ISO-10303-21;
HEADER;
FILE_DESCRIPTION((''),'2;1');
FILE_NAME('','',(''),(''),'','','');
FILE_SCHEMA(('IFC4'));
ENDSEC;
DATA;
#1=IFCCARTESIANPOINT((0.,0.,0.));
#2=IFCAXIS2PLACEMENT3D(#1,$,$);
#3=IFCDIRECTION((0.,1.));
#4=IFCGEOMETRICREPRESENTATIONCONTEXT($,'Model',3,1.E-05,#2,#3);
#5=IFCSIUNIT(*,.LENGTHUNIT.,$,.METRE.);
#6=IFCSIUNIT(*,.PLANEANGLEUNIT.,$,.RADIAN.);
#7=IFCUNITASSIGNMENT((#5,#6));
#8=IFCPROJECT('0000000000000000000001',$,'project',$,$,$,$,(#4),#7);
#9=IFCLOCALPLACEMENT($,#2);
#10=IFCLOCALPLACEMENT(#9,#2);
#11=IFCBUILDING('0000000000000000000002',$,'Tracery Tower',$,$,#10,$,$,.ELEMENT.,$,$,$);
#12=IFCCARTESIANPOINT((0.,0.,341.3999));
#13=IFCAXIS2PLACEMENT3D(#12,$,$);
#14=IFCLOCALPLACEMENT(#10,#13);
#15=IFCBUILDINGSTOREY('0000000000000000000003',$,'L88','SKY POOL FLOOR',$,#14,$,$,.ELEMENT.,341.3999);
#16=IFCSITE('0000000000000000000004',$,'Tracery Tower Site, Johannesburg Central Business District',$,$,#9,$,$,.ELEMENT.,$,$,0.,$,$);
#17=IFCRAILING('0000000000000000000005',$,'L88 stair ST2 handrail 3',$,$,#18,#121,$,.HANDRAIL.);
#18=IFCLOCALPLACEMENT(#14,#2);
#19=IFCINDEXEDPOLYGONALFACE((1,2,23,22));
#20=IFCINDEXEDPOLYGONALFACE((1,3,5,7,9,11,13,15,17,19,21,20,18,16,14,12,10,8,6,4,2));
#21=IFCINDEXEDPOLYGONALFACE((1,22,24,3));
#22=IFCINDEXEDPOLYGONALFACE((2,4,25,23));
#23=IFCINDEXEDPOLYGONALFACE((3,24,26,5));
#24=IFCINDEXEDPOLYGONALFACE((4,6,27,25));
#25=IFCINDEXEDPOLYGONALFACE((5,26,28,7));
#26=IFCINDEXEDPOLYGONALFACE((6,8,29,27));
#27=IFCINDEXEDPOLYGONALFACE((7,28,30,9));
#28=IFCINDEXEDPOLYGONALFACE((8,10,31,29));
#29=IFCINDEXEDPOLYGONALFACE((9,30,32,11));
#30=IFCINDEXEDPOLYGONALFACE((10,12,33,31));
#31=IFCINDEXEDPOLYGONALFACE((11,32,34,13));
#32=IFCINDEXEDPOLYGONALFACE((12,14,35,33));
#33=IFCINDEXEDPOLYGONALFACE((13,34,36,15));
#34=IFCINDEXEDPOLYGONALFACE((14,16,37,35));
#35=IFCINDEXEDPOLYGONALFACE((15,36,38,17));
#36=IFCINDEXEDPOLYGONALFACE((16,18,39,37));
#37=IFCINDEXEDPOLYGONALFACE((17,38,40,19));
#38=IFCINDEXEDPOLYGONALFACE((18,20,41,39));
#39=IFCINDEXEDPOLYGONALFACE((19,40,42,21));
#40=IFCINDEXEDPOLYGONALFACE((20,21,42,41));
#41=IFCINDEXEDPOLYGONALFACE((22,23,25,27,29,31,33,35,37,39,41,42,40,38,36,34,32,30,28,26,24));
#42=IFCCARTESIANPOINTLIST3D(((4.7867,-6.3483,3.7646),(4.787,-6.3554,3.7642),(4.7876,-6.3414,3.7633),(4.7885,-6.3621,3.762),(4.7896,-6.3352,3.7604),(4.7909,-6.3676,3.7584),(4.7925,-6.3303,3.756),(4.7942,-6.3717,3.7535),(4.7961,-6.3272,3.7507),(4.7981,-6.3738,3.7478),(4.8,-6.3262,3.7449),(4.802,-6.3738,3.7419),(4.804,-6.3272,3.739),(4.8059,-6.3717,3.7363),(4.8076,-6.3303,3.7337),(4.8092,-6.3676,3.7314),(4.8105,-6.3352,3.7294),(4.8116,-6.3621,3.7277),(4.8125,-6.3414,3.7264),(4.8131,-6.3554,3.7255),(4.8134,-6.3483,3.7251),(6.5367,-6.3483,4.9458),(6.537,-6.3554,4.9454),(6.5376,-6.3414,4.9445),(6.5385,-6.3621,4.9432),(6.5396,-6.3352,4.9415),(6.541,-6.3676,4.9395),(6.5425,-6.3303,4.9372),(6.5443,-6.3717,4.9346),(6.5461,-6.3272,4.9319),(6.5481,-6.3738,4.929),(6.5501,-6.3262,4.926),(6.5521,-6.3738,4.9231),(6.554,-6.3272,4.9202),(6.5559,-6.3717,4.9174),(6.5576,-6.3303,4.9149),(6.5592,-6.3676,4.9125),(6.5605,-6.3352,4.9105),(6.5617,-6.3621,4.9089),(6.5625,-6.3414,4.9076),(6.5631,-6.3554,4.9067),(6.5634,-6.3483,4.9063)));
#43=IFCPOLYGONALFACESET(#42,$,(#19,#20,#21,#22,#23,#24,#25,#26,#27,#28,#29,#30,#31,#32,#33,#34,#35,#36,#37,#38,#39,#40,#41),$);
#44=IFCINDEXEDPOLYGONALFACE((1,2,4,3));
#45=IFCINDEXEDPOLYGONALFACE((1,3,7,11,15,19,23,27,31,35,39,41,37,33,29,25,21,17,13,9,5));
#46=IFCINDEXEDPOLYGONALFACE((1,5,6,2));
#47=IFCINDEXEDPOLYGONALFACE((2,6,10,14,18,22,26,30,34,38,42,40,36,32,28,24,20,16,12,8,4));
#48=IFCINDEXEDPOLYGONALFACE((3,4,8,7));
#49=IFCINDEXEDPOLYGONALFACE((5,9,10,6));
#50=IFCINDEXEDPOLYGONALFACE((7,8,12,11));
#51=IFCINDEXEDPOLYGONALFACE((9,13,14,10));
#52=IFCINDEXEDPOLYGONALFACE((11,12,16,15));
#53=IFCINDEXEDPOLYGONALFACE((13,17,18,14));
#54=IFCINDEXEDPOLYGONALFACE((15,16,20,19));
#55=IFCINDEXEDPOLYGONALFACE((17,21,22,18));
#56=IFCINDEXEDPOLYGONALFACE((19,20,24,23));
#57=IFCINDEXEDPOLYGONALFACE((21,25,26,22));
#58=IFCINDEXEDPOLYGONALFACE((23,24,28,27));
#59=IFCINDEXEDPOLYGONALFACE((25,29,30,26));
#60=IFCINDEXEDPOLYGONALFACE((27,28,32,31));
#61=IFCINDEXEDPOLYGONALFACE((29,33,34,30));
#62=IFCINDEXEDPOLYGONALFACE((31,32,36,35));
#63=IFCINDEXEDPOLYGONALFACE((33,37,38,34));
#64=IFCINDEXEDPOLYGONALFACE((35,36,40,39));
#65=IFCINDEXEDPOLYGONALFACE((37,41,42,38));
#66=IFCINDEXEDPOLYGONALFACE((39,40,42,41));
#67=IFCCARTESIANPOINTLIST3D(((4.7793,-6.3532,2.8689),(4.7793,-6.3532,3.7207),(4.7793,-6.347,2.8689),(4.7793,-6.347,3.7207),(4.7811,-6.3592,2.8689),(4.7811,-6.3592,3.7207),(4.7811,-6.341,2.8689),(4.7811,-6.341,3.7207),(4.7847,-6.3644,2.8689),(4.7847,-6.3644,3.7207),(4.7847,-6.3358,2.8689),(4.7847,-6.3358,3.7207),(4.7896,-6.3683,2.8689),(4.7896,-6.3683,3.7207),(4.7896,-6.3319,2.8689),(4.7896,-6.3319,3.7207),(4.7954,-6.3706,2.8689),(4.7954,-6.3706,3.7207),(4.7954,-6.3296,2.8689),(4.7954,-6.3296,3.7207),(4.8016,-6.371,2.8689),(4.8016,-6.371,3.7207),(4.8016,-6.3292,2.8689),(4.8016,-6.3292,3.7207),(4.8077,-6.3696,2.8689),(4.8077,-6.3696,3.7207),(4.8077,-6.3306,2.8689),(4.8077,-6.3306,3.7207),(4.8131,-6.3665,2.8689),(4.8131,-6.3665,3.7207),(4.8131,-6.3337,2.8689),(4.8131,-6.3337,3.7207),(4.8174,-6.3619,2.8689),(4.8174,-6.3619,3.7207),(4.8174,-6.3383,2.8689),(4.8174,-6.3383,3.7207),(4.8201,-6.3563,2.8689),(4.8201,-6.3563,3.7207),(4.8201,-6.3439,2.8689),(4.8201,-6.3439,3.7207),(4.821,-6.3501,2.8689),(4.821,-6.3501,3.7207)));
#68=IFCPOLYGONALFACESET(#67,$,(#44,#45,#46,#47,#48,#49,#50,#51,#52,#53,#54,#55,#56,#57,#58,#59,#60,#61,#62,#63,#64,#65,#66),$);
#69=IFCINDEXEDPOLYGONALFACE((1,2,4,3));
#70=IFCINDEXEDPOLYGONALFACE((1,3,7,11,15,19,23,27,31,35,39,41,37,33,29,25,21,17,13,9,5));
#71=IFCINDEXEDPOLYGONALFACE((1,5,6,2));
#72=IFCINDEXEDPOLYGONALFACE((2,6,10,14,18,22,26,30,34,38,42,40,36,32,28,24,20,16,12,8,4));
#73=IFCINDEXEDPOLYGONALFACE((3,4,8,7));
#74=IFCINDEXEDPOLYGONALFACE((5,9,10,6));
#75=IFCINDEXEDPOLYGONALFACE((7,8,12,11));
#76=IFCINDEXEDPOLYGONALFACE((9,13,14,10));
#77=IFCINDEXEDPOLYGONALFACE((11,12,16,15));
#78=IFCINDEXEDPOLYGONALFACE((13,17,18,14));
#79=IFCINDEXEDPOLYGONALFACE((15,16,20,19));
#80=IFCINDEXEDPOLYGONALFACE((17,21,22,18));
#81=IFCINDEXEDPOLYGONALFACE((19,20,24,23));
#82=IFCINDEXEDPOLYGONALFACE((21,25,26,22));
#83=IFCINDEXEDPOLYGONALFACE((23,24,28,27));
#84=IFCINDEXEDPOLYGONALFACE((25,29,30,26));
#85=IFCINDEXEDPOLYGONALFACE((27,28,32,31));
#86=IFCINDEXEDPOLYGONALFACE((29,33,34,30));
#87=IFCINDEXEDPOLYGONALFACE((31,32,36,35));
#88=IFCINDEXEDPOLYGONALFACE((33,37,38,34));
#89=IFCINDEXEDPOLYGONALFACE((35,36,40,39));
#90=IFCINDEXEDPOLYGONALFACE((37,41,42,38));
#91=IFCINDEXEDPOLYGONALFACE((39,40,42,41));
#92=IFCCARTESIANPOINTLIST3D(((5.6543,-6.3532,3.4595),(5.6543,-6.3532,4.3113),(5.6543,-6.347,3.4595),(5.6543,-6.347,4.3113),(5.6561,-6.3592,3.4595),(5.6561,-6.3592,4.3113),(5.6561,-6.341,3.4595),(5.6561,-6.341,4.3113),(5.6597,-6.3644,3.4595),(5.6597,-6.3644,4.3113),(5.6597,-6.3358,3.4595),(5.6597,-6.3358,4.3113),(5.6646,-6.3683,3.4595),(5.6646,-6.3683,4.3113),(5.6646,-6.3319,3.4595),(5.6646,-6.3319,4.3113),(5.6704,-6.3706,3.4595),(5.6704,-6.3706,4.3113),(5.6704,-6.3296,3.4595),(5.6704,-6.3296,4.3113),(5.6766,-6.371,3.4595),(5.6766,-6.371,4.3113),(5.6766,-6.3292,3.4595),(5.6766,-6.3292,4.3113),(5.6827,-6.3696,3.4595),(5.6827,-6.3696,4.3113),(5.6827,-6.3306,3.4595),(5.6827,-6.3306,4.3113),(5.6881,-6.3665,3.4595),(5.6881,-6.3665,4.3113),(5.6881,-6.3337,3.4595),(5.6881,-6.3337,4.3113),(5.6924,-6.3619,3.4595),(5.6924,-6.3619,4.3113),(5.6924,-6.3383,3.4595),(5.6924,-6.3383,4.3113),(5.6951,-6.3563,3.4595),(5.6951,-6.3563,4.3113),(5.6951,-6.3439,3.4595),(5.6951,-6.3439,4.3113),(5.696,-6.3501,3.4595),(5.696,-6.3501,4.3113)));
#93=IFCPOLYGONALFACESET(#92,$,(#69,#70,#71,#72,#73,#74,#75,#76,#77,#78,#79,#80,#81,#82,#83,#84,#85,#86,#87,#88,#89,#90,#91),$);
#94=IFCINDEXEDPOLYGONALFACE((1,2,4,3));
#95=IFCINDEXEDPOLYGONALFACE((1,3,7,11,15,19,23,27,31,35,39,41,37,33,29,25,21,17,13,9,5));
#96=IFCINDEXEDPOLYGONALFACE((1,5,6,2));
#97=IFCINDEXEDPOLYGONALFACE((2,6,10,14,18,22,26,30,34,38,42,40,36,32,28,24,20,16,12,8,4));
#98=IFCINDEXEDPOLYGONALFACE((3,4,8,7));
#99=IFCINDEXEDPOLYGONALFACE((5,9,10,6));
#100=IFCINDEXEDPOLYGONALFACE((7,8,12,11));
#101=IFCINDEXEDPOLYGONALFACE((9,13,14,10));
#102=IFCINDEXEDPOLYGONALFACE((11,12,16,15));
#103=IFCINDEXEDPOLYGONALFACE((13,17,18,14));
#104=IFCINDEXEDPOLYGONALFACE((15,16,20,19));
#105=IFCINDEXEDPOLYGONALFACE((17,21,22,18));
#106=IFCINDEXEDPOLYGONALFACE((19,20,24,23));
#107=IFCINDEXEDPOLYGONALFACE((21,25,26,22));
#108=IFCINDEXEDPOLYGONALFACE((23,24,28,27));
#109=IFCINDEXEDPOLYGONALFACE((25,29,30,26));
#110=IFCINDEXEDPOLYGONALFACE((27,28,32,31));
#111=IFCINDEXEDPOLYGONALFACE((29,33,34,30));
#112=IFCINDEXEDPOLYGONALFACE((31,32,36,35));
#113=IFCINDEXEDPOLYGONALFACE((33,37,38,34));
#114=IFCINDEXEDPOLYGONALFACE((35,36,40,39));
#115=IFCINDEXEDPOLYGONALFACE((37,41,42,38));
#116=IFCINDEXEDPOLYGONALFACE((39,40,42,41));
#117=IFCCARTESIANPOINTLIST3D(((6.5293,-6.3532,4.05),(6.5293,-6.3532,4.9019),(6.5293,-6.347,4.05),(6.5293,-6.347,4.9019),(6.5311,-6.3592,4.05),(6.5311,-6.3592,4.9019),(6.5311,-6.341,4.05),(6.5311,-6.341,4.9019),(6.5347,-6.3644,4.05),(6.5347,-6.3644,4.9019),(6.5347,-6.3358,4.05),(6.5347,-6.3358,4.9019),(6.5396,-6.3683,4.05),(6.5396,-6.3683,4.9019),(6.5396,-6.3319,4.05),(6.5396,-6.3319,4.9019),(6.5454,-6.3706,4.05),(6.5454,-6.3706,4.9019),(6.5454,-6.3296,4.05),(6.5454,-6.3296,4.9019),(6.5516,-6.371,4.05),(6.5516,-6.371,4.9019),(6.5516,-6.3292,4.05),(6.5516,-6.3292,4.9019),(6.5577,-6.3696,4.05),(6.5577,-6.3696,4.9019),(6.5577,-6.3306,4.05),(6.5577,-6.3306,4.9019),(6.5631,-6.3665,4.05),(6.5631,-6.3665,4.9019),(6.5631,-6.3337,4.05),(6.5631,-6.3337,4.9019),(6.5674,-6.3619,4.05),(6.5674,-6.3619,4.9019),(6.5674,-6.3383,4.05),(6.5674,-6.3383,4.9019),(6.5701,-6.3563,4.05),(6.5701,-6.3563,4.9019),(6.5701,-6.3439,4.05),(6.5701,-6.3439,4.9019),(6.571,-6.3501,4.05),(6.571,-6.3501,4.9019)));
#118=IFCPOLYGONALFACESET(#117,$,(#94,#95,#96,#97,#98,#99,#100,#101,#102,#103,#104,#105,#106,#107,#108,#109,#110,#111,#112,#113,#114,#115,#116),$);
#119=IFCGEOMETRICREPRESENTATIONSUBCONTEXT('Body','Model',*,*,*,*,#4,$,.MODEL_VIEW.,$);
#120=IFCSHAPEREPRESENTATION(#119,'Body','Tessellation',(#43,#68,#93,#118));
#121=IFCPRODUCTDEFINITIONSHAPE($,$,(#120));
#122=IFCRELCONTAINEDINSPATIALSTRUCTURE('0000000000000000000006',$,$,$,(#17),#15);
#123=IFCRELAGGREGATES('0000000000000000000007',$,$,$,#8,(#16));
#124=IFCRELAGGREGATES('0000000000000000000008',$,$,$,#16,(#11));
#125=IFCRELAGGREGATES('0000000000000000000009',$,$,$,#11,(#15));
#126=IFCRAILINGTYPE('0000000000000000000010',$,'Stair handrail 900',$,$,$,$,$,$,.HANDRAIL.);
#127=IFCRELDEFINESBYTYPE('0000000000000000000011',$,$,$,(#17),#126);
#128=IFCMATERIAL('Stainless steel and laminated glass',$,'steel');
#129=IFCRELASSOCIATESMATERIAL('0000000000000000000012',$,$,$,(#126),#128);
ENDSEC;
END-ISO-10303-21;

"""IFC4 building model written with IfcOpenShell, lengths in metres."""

from ifc_helpers import new_model, si_unit, direction, frame, origin, origin_2d, place, context, subcontext, project, spatial, circle, extrude, material, type_object, element, save


model = new_model("IFC4")

# Units and contexts
model_context = context("Model", 3, precision=1e-05, world=origin(), true_north=direction((0.0, 1.0)))
body_context = subcontext(model_context, "Body", "Model", "MODEL_VIEW")
ifc_project = project(units=[si_unit("LENGTHUNIT", "METRE"), si_unit("PLANEANGLEUNIT", "RADIAN")], contexts=[model_context])

# Site, building, storey
site_placement = place(None, origin())
site = spatial("IfcSite", under=ifc_project, at=site_placement, Name="Tracery Tower Site, Johannesburg Central Business District", CompositionType="ELEMENT", RefElevation=0.0)
building_placement = place(site_placement, origin())
building = spatial("IfcBuilding", under=site, at=building_placement, Name="Tracery Tower", CompositionType="ELEMENT")
storey_placement = place(building_placement, frame((0.0, 0.0, 341.3999)))
storey = spatial("IfcBuildingStorey", under=building, at=storey_placement, Name="L88", Description="SKY POOL FLOOR", CompositionType="ELEMENT", Elevation=341.3999)

# Railing
ifc_material_1 = material(Name="Stainless steel and laminated glass", Category="steel")
railing_type_1 = type_object("IfcRailingType", Name="Stair handrail 900", PredefinedType="HANDRAIL", material=ifc_material_1)
railing_1_placement = place(storey_placement, frame((4.8, -6.3501, 2.8689)))
element("IfcRailing", 1, at=railing_1_placement, inside=storey, type_object=railing_type_1, Name="L88 stair ST2 handrail 3", PredefinedType="HANDRAIL", context=body_context, shape_type="SweptSolid", body=[
    extrude(circle(Radius=0.0239, at=origin_2d()), frame((0.0, 0.0, 0.876), z_axis=(0.82887, 0.0, 0.559441), x_axis=(0.0, 1.0, 0.0)), (0.0, 0.0, 1.0), 2.1113),
    extrude(circle(Radius=0.021, at=origin_2d()), origin(), (0.0, 0.0, 1.0), 0.8518),
    extrude(circle(Radius=0.021, at=origin_2d()), frame((0.875, 0.0, 0.5906)), (0.0, 0.0, 1.0), 0.8518),
    extrude(circle(Radius=0.021, at=origin_2d()), frame((1.75, 0.0, 1.1812)), (0.0, 0.0, 1.0), 0.8518),
])

save(model, "model.ifc")
